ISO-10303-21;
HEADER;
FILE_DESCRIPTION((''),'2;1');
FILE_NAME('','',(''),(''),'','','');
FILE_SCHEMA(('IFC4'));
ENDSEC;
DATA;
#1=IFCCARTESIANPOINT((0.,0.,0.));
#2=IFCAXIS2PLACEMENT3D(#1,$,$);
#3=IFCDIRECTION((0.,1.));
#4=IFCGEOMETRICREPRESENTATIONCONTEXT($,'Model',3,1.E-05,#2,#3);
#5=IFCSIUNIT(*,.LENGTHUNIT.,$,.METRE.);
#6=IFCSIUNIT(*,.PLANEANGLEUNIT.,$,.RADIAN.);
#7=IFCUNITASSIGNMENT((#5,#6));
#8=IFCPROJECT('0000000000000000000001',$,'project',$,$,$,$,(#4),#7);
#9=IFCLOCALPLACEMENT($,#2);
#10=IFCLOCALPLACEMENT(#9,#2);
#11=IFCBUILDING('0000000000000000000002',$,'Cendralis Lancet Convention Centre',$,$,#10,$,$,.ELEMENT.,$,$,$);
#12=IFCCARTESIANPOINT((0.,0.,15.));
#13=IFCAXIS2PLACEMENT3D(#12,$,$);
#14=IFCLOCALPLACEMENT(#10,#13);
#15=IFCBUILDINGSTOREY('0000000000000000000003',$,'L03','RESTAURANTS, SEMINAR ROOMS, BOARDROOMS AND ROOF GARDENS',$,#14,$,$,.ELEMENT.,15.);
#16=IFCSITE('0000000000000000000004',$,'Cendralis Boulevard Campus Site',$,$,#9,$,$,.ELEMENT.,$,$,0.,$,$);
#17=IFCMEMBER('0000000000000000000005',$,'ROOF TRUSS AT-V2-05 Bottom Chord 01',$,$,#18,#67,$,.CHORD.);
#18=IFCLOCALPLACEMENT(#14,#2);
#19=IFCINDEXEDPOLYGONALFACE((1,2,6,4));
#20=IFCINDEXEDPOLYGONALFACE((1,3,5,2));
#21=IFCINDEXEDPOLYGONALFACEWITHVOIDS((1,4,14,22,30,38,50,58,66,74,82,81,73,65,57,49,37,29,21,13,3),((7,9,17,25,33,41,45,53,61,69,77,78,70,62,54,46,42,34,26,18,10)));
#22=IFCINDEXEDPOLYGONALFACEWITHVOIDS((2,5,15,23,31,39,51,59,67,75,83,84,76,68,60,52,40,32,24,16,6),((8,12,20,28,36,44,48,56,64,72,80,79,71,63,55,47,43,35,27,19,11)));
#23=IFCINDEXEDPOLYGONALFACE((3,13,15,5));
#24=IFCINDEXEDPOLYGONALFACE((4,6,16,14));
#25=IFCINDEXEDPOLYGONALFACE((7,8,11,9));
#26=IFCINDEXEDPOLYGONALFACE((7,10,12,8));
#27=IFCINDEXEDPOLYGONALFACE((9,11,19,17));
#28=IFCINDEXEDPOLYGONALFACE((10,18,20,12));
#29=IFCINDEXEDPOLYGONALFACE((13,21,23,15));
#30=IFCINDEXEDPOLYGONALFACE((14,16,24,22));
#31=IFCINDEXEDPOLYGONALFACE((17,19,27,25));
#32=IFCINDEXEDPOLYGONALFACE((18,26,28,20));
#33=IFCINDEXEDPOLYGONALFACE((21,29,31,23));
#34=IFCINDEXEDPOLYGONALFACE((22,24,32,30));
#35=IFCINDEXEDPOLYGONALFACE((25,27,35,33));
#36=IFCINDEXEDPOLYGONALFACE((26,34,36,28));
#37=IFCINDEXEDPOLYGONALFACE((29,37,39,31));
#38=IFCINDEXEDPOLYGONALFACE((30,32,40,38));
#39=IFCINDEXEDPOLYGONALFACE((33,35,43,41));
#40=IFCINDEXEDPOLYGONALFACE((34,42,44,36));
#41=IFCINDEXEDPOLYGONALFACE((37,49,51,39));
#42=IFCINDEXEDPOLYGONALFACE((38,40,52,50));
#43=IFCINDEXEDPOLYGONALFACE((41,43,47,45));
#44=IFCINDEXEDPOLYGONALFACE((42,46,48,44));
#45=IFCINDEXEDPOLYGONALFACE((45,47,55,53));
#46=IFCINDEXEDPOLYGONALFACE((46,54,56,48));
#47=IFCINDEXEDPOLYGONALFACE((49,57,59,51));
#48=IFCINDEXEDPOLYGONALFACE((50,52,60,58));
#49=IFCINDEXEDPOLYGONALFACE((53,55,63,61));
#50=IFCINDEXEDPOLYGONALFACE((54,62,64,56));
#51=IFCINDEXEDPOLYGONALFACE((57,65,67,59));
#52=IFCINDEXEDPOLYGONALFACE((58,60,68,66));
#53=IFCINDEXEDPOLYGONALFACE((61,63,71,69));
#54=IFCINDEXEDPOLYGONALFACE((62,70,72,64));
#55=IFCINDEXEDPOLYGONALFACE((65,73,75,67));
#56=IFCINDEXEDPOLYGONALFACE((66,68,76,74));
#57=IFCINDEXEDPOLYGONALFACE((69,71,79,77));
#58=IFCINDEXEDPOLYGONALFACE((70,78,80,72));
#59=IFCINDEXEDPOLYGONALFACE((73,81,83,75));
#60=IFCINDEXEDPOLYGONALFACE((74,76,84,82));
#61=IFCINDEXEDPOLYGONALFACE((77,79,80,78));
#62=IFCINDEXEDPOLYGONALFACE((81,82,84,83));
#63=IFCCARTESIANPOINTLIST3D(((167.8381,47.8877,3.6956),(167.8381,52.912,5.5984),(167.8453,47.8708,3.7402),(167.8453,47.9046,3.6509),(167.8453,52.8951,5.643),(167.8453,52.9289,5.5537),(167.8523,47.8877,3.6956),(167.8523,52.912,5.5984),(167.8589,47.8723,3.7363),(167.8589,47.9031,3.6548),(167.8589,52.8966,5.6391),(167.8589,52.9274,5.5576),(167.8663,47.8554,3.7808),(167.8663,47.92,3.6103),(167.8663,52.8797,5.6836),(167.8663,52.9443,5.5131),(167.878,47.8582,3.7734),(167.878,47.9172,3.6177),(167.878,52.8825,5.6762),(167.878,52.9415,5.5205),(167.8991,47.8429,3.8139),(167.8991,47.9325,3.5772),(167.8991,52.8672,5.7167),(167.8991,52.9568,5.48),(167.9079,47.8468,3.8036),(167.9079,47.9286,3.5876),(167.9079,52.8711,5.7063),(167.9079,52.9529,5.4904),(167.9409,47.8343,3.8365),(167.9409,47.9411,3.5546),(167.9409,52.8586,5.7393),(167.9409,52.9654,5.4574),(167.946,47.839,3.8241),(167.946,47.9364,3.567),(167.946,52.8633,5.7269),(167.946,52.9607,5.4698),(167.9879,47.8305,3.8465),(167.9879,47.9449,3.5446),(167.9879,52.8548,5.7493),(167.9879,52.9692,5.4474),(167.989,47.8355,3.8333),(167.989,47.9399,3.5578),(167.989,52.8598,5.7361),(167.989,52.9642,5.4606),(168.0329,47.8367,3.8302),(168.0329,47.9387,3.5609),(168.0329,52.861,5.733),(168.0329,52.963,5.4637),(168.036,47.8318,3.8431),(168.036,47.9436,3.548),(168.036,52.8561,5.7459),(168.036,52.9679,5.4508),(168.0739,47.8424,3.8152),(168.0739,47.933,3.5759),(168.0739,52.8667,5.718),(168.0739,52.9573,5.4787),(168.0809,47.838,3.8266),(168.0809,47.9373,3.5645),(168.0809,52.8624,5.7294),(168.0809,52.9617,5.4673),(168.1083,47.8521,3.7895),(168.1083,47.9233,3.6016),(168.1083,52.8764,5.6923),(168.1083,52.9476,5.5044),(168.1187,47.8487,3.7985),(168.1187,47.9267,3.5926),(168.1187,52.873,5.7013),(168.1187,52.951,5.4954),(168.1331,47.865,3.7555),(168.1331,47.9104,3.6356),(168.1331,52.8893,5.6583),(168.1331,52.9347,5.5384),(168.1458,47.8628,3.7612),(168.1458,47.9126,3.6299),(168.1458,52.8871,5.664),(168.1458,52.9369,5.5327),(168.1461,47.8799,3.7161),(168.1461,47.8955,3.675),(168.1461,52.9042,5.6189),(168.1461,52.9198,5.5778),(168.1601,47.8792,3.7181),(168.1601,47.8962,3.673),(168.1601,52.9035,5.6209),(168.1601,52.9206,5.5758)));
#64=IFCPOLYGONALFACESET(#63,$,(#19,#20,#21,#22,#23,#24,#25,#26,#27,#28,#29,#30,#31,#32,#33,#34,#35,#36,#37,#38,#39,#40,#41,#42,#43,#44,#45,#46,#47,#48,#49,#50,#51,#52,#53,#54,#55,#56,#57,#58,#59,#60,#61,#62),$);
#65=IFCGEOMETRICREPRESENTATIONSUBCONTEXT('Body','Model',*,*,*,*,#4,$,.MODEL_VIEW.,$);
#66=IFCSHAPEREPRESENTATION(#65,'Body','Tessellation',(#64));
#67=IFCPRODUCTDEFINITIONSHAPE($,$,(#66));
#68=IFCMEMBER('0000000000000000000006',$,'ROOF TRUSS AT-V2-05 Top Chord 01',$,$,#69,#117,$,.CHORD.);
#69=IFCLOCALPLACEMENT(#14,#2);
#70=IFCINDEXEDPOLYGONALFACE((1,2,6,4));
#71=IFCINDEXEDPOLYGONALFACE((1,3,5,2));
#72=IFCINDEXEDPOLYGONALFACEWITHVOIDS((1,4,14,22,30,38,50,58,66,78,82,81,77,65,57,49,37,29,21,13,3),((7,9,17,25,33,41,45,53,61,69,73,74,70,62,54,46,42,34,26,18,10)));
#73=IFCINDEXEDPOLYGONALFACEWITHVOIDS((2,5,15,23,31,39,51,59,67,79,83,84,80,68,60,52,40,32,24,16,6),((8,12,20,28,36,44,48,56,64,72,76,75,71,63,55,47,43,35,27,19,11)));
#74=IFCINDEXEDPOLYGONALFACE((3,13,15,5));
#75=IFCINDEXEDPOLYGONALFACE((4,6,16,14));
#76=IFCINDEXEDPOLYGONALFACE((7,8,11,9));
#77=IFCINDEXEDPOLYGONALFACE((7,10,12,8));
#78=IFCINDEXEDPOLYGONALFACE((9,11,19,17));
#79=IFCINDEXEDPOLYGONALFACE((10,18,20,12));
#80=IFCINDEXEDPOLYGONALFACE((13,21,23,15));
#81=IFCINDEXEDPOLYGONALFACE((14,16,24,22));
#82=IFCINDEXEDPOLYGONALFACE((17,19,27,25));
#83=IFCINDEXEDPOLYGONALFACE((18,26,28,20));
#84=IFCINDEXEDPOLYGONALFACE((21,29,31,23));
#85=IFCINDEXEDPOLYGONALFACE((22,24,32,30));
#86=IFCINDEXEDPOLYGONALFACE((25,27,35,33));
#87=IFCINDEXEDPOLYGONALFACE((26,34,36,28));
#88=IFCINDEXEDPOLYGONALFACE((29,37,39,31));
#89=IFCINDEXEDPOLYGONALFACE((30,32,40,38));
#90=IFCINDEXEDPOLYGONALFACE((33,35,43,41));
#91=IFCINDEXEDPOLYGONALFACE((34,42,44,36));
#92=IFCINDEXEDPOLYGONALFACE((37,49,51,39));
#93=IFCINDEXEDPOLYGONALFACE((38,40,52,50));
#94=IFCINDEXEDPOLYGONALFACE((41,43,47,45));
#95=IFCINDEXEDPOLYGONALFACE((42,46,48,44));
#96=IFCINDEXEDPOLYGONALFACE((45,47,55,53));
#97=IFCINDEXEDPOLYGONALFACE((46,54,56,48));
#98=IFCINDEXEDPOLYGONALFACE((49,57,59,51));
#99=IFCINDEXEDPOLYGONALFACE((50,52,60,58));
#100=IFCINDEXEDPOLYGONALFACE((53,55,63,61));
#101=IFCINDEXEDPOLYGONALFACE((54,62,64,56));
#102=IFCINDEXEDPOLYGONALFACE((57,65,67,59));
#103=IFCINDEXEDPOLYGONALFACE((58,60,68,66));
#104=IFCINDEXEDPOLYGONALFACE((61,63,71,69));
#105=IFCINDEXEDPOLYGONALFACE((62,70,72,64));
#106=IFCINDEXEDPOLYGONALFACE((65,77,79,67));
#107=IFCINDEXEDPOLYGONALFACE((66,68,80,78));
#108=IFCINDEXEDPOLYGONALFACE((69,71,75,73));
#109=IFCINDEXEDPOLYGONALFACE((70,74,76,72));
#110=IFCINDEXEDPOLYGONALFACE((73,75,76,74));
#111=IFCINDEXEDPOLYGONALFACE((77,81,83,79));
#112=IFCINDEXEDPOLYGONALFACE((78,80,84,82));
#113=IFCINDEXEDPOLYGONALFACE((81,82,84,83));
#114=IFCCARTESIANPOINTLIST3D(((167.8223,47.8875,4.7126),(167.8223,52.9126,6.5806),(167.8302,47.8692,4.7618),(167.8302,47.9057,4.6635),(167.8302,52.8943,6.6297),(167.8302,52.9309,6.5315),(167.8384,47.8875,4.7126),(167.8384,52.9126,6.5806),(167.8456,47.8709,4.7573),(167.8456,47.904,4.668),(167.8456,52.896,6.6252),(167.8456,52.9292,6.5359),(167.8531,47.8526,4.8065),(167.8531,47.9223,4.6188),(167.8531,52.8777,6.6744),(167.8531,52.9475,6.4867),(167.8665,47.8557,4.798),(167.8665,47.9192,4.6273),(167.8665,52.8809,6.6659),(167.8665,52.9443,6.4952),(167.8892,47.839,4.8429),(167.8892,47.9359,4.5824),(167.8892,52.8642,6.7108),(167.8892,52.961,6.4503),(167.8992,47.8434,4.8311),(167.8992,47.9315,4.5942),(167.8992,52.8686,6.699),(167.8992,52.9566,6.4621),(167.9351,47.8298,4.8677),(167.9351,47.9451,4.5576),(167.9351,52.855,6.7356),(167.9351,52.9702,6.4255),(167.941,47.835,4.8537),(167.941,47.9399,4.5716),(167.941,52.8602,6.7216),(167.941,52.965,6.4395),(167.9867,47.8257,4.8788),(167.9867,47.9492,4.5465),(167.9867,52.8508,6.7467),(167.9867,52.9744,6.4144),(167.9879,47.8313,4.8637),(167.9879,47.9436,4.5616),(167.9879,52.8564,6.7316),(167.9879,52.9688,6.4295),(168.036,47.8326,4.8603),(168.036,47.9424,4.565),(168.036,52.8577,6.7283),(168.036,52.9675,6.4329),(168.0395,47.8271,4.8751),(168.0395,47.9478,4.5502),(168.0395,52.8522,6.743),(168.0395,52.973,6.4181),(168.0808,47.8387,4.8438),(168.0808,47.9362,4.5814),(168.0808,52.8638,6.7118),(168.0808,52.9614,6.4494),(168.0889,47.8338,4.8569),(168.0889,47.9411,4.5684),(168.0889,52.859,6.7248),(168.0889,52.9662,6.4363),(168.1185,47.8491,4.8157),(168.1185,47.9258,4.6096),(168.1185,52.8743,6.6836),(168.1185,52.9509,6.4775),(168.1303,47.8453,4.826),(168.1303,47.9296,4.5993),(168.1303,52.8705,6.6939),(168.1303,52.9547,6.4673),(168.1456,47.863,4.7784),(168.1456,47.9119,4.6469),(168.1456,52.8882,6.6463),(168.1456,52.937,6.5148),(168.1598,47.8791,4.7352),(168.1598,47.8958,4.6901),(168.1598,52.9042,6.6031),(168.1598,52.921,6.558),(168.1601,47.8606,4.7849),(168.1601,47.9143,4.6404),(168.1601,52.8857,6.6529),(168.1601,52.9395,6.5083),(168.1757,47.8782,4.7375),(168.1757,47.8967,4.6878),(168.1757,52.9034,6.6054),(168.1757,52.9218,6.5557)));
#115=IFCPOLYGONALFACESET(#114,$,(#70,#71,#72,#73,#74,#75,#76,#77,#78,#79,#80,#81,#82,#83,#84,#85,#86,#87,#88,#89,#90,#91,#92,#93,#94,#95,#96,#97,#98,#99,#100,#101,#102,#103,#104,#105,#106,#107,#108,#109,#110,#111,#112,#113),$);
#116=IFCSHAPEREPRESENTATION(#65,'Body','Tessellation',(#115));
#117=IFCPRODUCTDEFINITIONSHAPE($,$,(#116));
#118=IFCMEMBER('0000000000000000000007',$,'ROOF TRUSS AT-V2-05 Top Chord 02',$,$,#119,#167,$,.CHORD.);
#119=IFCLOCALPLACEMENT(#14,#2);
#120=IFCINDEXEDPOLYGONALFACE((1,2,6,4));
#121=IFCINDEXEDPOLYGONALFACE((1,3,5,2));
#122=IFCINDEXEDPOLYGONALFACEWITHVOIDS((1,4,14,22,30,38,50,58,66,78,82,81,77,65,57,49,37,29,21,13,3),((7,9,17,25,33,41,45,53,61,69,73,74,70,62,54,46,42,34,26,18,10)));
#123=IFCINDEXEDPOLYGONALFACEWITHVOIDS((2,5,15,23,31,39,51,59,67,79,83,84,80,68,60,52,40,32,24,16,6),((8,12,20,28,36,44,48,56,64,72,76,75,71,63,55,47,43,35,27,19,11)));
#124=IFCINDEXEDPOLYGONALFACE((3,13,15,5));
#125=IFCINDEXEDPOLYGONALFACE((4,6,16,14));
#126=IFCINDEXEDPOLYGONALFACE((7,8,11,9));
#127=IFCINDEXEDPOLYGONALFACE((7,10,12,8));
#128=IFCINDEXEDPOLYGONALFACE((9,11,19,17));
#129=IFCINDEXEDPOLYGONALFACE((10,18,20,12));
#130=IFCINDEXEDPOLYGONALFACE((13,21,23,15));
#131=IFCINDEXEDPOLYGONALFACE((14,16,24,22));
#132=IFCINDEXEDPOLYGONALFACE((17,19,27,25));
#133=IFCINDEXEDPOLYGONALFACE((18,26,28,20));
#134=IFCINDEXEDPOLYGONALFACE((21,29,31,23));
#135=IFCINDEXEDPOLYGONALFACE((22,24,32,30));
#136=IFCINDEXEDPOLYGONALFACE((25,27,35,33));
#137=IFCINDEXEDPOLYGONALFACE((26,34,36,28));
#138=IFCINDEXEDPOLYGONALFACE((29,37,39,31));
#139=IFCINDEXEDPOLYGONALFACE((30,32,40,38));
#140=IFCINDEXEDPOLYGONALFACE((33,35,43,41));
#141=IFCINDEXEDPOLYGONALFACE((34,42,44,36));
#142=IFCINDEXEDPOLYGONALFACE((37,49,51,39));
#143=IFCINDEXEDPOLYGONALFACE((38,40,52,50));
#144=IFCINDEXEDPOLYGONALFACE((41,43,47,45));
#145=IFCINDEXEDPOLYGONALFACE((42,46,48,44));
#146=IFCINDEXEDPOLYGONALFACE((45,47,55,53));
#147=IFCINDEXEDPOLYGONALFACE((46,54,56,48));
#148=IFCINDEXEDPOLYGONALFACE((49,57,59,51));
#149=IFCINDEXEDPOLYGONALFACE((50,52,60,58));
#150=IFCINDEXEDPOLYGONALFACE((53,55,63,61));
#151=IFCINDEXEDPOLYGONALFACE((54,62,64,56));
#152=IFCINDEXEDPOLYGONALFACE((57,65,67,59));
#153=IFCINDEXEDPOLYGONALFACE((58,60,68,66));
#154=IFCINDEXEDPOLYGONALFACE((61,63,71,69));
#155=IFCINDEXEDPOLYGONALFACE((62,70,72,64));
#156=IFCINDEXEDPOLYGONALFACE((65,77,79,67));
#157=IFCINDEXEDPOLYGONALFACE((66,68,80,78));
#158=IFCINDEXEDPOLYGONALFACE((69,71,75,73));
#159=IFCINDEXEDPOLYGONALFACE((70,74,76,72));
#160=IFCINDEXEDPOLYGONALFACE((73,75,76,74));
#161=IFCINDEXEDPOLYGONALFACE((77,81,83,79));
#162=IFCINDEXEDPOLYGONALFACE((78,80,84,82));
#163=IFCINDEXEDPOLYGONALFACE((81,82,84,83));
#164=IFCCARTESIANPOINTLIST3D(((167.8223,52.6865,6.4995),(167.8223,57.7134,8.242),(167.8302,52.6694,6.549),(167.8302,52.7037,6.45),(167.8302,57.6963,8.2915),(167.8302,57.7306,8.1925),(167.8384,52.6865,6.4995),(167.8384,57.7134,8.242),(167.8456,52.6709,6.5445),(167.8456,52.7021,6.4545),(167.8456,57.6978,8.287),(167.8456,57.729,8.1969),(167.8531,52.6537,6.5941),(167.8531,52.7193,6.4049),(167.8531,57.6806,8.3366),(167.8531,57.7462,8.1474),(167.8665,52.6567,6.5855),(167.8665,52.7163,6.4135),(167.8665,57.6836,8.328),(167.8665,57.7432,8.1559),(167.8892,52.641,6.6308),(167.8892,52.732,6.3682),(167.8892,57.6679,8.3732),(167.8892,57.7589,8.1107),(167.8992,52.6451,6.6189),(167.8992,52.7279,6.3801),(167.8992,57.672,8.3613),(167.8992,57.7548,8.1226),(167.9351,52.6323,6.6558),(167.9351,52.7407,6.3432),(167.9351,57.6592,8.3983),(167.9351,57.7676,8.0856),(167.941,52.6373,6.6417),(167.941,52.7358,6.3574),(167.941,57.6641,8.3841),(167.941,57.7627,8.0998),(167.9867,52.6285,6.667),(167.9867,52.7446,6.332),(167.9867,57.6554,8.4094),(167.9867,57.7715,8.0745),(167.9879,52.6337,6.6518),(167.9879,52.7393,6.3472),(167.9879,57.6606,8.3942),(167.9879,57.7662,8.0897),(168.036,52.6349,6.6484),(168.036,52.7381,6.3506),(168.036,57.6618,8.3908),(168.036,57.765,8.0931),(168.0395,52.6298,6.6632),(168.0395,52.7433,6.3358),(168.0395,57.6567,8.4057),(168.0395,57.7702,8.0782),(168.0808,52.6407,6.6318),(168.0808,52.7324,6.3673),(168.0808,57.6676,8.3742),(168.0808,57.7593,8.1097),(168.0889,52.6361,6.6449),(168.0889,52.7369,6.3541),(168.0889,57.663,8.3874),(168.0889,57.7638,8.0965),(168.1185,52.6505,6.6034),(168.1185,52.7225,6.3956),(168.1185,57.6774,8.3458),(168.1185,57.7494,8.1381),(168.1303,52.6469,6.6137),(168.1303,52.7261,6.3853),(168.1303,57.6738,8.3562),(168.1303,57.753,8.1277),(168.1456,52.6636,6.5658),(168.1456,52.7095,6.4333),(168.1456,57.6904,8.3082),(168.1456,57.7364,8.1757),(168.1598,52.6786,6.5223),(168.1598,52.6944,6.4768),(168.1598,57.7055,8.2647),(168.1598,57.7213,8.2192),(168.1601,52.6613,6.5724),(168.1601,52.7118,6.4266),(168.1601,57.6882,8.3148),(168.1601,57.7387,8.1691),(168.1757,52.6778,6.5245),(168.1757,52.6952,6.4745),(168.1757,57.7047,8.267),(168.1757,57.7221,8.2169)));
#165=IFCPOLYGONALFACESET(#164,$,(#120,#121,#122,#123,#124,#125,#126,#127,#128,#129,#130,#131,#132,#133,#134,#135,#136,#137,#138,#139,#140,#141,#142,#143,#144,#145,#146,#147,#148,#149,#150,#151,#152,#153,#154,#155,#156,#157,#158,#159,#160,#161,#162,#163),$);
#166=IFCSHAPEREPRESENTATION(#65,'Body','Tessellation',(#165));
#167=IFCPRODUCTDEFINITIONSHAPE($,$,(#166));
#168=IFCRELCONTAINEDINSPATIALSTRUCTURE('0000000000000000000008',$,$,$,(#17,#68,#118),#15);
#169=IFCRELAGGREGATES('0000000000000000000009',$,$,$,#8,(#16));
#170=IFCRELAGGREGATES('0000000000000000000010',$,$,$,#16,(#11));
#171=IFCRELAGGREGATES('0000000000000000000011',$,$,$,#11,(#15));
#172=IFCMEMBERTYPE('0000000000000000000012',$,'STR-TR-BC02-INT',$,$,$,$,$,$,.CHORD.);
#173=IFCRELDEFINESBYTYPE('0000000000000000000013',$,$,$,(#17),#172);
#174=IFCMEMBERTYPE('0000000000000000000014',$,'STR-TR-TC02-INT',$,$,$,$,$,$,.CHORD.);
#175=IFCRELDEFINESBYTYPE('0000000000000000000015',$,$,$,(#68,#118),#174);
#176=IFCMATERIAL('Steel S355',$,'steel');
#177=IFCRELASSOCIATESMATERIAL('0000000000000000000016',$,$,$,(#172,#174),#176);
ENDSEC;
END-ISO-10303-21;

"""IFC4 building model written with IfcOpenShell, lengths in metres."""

from ifc_helpers import new_model, si_unit, direction, frame, origin, origin_2d, place, context, subcontext, project, spatial, hollow_circle, extrude, material, material_profile, profile_set, type_object, element, save


model = new_model("IFC4")

# Units and contexts
model_context = context("Model", 3, precision=1e-05, world=origin(), true_north=direction((0.0, 1.0)))
body_context = subcontext(model_context, "Body", "Model", "MODEL_VIEW")
ifc_project = project(units=[si_unit("LENGTHUNIT", "METRE"), si_unit("PLANEANGLEUNIT", "RADIAN")], contexts=[model_context])

# Site, building, storey
site_placement = place(None, origin())
site = spatial("IfcSite", under=ifc_project, at=site_placement, Name="Cendralis Boulevard Campus Site", CompositionType="ELEMENT", RefElevation=0.0)
building_placement = place(site_placement, origin())
building = spatial("IfcBuilding", under=site, at=building_placement, Name="Cendralis Lancet Convention Centre", CompositionType="ELEMENT")
storey_placement = place(building_placement, frame((0.0, 0.0, 15.0)))
storey = spatial("IfcBuildingStorey", under=building, at=storey_placement, Name="L03", Description="RESTAURANTS, SEMINAR ROOMS, BOARDROOMS AND ROOF GARDENS", CompositionType="ELEMENT", Elevation=15.0)

# Shared definitions
ifc_material_1 = material(Name="Steel S355", Category="steel")

# Members
ifc_material_profile_1 = material_profile(ifc_material_1, hollow_circle(Radius=0.1619, WallThickness=0.0142, at=origin_2d()), Name="CHS 323.9x14.2")
ifc_profile_set_1 = profile_set([ifc_material_profile_1], Name="Steel S355")
member_type_1 = type_object("IfcMemberType", Name="STR-TR-BC02-INT", PredefinedType="CHORD", material=ifc_profile_set_1)
member_1_placement = place(storey_placement, frame((168.0, 47.8877, 3.6956), z_axis=(0.0, 0.935181, 0.354169), x_axis=(-1.0, 0.0, 0.0)))
element("IfcMember", 1, at=member_1_placement, inside=storey, type_object=member_type_1, Name="ROOF TRUSS AT-V2-05 Bottom Chord 01", PredefinedType="CHORD", context=body_context, shape_type="SweptSolid", body=[
    extrude(hollow_circle(Radius=0.1619, WallThickness=0.0142, at=origin_2d()), origin(), (0.0, 0.0, 1.0), 5.3726),
])
ifc_material_profile_2 = material_profile(ifc_material_1, hollow_circle(Radius=0.1777, WallThickness=0.0161, at=origin_2d()), Name="CHS 355.6x16.0")
ifc_profile_set_2 = profile_set([ifc_material_profile_2], Name="Steel S355")
member_type_2 = type_object("IfcMemberType", Name="STR-TR-TC02-INT", PredefinedType="CHORD", material=ifc_profile_set_2)
member_2_placement = place(storey_placement, frame((168.0, 47.8875, 4.7126), z_axis=(0.0, 0.937338, 0.348422), x_axis=(-1.0, 0.0, 0.0)))
element("IfcMember", 2, at=member_2_placement, inside=storey, type_object=member_type_2, Name="ROOF TRUSS AT-V2-05 Top Chord 01", PredefinedType="CHORD", context=body_context, shape_type="SweptSolid", body=[
    extrude(hollow_circle(Radius=0.1777, WallThickness=0.0161, at=origin_2d()), origin(), (0.0, 0.0, 1.0), 5.3611),
])
member_3_placement = place(storey_placement, frame((168.0, 52.6865, 6.4995), z_axis=(0.0, 0.944849, 0.327508), x_axis=(-1.0, 0.0, 0.0)))
element("IfcMember", 3, at=member_3_placement, inside=storey, type_object=member_type_2, Name="ROOF TRUSS AT-V2-05 Top Chord 02", PredefinedType="CHORD", context=body_context, shape_type="SweptSolid", body=[
    extrude(hollow_circle(Radius=0.1777, WallThickness=0.0161, at=origin_2d()), origin(), (0.0, 0.0, 1.0), 5.3203),
])

save(model, "model.ifc")
